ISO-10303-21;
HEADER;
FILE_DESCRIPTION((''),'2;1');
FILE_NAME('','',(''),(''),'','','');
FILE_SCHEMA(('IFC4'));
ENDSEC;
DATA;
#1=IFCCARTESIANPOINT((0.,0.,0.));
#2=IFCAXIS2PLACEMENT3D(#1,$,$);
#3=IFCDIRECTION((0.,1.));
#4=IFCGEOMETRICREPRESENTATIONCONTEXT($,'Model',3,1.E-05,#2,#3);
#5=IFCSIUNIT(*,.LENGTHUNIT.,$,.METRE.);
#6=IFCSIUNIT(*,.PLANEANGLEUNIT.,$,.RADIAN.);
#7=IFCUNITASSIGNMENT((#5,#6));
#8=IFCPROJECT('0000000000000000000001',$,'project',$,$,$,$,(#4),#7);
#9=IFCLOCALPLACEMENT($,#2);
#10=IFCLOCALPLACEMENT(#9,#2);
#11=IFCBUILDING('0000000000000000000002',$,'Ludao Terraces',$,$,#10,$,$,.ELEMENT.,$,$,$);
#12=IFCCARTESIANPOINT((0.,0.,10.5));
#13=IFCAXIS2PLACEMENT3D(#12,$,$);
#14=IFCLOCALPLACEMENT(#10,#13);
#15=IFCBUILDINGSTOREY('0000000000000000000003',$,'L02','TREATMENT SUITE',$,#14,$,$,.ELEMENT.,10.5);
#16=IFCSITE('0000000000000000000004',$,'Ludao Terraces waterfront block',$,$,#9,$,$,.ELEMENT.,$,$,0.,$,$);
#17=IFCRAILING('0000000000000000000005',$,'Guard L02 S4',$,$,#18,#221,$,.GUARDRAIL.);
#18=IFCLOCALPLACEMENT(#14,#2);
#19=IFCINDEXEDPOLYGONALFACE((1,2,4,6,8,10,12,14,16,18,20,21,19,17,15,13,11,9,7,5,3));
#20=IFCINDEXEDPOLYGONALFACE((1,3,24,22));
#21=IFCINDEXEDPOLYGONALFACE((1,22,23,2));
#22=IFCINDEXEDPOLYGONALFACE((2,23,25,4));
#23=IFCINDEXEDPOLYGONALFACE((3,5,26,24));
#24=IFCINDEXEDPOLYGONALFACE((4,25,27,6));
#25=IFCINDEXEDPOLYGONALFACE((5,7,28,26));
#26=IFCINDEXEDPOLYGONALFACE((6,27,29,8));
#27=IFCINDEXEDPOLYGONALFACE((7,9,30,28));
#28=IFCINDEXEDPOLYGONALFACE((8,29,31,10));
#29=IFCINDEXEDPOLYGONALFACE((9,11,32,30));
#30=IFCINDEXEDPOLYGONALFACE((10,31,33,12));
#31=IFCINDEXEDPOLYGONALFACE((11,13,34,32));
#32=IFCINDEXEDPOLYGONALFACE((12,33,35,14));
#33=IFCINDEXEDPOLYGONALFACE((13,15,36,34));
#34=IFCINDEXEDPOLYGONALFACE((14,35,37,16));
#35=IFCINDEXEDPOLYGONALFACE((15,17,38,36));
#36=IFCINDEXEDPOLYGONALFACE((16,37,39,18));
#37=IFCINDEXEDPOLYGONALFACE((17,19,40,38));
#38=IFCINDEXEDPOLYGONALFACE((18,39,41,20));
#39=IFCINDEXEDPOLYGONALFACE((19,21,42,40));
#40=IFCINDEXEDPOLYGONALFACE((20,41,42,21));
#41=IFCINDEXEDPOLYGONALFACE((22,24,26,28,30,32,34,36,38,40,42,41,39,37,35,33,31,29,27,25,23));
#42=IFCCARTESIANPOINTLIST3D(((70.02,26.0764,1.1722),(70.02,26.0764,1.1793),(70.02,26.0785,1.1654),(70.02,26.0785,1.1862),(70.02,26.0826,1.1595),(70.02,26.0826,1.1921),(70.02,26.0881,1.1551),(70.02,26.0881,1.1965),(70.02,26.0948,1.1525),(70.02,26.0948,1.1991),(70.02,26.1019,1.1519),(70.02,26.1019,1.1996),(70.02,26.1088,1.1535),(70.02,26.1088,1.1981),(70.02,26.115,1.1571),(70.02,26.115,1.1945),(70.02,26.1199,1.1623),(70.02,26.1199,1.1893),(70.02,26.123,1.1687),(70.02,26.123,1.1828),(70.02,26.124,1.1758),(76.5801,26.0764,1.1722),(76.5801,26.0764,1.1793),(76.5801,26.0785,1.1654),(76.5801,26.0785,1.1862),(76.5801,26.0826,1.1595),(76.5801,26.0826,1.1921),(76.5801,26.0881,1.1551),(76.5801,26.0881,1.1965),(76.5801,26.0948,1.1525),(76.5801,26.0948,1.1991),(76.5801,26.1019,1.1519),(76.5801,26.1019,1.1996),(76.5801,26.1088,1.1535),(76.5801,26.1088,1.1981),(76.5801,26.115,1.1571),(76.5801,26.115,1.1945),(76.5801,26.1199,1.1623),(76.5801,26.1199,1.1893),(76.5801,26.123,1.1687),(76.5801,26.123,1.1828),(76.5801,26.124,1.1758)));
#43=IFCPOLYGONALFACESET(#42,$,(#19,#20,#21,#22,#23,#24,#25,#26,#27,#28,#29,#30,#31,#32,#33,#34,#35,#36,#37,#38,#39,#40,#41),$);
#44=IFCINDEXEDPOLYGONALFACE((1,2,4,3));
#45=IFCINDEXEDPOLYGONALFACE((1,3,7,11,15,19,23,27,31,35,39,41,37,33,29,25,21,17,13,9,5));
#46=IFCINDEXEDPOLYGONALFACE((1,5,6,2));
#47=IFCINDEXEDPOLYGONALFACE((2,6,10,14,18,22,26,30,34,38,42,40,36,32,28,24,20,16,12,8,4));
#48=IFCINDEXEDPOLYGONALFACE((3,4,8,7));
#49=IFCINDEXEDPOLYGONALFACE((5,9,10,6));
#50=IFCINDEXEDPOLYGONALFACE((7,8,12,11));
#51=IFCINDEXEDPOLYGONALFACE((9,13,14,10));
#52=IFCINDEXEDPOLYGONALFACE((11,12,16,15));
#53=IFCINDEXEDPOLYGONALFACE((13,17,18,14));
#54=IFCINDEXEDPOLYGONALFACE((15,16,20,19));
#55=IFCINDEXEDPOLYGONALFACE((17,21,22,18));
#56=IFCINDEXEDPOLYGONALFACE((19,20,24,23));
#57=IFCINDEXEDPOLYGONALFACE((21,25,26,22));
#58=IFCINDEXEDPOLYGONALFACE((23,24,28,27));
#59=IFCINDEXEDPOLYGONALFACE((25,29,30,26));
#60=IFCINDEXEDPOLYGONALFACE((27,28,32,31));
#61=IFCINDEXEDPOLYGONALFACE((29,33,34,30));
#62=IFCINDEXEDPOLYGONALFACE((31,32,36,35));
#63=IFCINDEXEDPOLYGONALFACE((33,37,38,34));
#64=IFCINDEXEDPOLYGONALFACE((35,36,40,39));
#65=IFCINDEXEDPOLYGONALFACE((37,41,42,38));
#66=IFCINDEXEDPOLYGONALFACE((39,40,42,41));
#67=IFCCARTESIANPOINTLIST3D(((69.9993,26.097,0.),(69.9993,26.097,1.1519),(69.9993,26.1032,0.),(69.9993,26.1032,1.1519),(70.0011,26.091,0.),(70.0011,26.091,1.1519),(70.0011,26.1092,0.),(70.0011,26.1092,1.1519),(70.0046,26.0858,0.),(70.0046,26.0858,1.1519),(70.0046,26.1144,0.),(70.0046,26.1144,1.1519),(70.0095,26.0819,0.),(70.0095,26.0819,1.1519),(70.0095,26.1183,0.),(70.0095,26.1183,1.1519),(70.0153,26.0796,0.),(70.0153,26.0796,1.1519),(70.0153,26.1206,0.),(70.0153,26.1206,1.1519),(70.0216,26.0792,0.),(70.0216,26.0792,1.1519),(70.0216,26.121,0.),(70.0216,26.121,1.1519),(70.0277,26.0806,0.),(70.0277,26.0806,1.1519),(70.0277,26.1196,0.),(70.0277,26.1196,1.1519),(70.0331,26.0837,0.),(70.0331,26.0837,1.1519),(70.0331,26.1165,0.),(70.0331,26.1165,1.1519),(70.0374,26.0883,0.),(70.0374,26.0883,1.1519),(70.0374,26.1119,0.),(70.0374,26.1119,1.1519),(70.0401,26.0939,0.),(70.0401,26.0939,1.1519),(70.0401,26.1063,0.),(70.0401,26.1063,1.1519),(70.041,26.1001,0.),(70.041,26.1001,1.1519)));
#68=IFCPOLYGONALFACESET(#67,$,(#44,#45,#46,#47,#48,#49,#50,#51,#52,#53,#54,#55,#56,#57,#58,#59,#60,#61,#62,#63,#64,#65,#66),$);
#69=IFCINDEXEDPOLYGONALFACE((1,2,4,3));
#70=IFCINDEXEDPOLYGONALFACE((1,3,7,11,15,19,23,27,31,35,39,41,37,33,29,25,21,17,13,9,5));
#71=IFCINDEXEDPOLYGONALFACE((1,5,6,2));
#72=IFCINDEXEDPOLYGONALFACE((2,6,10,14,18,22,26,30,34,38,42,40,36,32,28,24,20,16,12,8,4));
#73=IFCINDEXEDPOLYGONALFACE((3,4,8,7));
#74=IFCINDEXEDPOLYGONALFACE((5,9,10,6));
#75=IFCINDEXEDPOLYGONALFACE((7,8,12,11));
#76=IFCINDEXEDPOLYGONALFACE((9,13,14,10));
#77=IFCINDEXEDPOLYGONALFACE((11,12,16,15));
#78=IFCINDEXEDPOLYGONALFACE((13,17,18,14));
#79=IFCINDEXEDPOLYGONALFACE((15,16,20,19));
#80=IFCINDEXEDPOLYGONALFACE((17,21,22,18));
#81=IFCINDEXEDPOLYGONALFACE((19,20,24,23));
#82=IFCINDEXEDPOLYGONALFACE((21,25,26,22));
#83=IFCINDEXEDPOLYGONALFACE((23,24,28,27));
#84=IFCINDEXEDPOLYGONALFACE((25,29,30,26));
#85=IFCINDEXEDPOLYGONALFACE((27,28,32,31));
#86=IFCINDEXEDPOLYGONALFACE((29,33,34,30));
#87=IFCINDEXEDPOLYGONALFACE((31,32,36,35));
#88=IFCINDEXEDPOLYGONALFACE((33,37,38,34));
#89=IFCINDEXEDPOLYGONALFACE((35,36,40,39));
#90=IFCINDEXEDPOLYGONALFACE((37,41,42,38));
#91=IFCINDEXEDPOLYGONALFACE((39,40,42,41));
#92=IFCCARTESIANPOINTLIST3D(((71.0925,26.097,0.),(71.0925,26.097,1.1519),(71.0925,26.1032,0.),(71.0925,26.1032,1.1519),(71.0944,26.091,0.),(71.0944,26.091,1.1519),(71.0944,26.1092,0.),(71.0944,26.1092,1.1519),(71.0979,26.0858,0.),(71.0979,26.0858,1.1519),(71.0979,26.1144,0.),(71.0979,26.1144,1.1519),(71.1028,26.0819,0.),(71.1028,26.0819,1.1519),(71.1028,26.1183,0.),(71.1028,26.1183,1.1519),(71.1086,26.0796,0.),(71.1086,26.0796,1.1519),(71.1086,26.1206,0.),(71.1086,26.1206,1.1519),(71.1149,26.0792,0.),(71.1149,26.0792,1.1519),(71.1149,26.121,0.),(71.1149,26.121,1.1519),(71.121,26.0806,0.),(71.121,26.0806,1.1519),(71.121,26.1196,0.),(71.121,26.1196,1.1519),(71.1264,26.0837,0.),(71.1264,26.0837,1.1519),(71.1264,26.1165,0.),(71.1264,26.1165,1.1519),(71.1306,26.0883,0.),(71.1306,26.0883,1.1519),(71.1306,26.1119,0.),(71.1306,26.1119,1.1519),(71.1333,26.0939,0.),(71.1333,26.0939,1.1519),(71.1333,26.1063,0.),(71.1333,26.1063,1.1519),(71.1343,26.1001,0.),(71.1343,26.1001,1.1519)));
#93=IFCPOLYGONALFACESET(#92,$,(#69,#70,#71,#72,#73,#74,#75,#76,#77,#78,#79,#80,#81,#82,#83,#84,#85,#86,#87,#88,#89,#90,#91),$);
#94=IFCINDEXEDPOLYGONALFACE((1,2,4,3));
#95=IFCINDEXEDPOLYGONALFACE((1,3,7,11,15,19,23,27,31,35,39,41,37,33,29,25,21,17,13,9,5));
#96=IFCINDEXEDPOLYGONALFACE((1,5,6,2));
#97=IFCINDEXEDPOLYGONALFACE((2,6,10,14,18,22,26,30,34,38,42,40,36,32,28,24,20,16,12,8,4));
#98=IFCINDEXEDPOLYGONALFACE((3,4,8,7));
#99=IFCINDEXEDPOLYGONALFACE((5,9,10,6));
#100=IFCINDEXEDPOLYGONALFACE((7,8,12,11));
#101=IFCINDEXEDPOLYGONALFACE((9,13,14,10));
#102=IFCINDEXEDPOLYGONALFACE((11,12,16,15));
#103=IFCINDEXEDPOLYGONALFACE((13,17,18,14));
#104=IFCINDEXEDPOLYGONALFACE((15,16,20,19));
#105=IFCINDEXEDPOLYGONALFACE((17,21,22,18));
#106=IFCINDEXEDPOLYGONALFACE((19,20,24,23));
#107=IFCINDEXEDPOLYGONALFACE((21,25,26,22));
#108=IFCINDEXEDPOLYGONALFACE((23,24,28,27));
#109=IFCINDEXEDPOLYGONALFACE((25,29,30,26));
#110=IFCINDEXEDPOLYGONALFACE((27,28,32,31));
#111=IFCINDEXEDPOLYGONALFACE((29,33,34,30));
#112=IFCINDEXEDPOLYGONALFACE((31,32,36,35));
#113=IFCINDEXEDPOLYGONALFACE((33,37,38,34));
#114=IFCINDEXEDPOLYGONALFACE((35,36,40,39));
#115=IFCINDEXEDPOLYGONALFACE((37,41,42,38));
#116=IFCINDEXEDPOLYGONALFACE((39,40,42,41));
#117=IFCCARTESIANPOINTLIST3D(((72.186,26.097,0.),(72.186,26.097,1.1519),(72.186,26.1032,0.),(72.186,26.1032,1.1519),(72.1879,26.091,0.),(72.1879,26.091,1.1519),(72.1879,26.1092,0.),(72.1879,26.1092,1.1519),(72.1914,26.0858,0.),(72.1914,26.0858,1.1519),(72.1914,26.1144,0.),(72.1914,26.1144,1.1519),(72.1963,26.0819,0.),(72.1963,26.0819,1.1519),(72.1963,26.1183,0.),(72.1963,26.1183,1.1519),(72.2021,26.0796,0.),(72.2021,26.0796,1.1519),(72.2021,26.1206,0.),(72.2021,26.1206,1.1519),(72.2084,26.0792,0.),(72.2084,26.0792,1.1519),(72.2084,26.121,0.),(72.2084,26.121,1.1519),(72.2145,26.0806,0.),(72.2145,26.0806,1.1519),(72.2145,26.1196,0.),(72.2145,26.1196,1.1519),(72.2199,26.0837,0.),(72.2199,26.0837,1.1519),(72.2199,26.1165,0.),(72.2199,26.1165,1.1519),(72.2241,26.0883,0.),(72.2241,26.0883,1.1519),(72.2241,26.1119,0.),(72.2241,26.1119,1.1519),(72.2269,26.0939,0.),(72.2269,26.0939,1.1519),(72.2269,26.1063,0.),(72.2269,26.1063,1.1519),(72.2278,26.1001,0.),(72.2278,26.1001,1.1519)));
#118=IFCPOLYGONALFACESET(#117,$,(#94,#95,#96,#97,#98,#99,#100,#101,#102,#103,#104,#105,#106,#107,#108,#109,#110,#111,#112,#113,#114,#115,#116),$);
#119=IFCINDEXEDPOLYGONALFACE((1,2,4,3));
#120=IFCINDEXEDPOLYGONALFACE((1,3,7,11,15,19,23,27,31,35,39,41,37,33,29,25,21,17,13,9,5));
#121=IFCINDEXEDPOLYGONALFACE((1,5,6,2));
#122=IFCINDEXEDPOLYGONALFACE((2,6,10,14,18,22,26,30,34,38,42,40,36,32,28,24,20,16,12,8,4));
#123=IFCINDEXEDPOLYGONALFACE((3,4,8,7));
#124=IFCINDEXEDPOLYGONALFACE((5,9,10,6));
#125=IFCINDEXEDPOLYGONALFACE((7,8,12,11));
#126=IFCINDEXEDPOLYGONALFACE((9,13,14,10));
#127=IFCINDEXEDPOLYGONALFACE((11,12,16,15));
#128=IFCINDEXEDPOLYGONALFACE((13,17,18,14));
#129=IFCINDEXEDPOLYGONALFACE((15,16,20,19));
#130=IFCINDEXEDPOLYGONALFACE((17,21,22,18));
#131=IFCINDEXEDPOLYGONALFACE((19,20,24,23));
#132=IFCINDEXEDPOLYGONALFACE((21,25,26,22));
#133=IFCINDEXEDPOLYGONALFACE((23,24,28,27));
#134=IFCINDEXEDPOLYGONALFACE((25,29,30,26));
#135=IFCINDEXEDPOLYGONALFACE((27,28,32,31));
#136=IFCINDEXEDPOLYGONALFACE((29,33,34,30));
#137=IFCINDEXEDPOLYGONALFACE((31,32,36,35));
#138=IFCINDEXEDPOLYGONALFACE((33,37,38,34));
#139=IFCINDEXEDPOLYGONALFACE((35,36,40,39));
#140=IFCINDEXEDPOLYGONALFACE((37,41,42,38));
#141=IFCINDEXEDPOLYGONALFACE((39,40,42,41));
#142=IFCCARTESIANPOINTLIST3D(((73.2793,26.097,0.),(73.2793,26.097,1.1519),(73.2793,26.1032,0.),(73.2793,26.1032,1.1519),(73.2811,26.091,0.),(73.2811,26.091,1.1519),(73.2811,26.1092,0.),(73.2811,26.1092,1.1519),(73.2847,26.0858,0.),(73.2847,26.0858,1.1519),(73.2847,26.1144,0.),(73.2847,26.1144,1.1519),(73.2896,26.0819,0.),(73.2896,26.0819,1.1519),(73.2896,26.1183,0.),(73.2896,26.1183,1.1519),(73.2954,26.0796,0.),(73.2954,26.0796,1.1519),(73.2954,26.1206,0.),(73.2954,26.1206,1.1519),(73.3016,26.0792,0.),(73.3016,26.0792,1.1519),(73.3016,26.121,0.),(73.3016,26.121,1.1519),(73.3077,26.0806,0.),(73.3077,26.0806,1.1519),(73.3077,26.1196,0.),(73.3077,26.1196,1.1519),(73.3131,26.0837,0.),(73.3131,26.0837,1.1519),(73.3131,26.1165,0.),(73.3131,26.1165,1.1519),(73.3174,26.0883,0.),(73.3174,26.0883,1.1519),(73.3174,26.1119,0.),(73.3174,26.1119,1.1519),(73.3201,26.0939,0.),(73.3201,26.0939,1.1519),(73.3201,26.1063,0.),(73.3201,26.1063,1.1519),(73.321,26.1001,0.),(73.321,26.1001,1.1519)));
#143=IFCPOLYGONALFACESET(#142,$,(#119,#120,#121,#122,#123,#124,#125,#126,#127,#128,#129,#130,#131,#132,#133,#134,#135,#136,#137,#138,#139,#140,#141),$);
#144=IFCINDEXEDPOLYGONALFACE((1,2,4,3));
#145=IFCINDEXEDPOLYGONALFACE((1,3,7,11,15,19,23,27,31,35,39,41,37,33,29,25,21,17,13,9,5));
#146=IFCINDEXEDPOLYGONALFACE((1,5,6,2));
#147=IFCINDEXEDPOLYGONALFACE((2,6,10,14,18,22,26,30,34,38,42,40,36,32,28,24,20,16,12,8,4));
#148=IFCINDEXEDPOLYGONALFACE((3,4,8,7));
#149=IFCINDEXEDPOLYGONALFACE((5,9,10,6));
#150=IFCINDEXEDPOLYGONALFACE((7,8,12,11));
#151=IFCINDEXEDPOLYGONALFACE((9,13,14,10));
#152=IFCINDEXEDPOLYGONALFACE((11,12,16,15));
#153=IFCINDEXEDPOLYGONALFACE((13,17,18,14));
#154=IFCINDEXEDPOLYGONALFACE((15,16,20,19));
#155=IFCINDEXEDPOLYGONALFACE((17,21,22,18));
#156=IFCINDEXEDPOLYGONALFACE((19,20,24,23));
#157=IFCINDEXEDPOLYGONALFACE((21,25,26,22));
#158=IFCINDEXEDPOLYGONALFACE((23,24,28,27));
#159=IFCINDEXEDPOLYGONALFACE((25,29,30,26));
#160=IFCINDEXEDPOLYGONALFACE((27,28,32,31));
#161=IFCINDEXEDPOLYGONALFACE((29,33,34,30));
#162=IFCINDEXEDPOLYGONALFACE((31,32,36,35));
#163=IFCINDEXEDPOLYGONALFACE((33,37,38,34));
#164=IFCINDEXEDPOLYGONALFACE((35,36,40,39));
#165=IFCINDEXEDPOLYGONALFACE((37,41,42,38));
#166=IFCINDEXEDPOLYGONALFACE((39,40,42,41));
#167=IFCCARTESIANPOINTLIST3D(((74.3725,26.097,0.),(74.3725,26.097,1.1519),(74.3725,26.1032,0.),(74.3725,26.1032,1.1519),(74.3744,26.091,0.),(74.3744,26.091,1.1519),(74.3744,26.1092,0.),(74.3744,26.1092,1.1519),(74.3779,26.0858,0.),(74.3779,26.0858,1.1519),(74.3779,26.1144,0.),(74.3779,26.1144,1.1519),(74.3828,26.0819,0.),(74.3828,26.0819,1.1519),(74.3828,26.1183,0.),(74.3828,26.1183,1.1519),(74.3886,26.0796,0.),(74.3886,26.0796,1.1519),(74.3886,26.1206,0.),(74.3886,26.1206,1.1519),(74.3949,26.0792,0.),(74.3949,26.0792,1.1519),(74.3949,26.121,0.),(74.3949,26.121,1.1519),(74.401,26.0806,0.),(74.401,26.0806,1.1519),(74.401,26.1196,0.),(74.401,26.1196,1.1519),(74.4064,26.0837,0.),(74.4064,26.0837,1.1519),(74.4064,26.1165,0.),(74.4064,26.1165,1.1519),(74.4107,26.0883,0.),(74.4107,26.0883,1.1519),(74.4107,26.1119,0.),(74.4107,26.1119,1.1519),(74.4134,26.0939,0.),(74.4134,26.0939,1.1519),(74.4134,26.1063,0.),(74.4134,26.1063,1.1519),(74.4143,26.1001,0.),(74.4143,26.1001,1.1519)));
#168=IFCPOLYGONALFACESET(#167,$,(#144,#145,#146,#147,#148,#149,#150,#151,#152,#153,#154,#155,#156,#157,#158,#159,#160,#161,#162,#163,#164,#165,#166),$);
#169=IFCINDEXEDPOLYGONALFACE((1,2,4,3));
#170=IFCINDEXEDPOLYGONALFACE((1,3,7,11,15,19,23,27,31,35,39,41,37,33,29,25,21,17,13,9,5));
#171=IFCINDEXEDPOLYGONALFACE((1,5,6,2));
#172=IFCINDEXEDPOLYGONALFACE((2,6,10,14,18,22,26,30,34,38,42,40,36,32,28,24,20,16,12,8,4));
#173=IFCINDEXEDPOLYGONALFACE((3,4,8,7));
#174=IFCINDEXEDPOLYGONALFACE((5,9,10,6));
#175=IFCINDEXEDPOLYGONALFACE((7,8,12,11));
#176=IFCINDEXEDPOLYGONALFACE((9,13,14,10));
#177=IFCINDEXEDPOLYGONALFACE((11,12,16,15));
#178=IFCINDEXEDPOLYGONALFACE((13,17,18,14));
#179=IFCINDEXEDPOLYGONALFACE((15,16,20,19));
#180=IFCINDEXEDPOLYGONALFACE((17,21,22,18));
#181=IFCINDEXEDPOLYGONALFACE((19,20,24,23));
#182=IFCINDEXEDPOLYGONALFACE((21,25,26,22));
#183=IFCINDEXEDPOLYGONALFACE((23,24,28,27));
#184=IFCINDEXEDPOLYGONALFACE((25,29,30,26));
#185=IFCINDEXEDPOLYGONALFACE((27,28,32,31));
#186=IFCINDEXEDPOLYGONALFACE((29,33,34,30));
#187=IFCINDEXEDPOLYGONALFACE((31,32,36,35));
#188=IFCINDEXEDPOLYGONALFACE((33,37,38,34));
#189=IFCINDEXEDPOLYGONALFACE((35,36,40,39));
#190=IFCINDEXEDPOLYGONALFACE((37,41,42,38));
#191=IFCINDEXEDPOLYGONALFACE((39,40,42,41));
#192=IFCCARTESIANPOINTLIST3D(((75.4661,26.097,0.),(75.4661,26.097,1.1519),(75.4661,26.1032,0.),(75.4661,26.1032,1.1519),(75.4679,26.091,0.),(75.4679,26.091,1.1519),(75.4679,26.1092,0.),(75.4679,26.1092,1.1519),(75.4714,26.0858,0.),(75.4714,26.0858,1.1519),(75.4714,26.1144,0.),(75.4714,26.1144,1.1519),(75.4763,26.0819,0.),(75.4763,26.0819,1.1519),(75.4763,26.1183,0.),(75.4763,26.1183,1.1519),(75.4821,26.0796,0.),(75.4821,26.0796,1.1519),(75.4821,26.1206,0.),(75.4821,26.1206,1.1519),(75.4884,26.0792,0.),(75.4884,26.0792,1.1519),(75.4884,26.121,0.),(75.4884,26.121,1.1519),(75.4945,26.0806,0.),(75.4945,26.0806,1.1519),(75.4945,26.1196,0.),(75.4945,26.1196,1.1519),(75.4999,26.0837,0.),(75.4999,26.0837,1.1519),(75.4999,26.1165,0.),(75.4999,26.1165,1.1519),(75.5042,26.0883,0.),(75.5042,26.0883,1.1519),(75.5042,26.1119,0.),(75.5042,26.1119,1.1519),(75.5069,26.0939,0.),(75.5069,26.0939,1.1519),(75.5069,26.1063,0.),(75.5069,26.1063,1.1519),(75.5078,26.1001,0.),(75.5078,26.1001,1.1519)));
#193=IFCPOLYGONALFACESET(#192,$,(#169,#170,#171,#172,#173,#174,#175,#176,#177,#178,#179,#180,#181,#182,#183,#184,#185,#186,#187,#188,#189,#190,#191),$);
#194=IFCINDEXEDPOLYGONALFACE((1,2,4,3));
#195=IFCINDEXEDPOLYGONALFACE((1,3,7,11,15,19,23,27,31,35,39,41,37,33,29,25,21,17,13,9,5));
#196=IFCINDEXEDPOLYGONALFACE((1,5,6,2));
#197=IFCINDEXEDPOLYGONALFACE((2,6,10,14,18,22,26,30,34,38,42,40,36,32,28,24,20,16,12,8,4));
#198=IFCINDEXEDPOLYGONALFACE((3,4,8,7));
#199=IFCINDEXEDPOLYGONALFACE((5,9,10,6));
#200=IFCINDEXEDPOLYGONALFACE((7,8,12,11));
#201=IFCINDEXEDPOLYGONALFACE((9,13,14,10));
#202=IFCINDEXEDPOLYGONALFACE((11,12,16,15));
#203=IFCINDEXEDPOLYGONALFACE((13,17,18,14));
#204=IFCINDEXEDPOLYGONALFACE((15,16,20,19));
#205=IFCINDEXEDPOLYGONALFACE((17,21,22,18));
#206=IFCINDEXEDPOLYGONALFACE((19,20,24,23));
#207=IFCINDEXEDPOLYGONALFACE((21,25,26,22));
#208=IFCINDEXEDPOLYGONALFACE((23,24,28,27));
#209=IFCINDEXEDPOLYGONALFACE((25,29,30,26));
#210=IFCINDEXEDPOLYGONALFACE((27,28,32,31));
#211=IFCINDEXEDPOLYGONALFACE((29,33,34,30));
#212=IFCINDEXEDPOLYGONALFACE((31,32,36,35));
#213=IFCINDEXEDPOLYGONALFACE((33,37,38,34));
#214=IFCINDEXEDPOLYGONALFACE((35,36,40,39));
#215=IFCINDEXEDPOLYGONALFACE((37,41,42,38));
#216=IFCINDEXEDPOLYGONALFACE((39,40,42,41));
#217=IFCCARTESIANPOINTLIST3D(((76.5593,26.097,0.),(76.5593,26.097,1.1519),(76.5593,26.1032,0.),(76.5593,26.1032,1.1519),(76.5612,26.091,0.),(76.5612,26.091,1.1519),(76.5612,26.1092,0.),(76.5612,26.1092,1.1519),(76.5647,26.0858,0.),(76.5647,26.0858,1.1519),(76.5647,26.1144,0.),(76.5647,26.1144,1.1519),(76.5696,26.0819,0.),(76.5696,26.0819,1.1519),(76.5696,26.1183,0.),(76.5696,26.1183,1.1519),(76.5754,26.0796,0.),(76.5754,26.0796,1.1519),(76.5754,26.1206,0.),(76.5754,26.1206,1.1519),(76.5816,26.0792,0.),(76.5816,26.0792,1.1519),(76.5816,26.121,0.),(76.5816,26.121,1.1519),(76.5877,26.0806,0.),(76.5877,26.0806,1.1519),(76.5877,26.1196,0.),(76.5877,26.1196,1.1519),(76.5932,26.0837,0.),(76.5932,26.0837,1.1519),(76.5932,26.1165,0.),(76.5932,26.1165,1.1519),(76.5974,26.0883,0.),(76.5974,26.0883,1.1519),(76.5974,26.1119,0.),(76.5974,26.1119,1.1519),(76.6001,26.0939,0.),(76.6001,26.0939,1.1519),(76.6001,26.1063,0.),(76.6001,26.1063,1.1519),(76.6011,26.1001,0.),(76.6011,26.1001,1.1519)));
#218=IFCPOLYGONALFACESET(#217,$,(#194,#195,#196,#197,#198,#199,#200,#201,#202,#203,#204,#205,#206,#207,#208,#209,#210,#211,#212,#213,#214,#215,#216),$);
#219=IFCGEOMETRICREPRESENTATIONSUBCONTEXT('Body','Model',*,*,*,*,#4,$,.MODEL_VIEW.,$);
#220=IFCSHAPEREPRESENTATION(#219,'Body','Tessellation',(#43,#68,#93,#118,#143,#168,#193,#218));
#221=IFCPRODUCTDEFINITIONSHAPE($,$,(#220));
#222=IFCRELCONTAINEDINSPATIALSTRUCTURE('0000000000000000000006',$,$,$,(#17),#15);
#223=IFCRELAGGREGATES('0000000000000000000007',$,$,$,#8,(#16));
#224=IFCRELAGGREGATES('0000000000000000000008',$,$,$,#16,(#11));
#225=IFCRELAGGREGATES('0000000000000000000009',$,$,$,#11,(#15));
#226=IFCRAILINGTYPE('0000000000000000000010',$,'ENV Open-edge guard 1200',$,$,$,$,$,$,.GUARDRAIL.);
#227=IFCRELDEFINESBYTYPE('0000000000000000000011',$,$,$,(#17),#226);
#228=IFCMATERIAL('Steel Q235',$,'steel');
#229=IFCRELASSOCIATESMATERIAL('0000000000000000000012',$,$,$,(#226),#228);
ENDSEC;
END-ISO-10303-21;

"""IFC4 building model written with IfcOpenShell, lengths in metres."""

from ifc_helpers import new_model, si_unit, direction, frame, origin, origin_2d, place, context, subcontext, project, spatial, circle, extrude, material, type_object, element, save


model = new_model("IFC4")

# Units and contexts
model_context = context("Model", 3, precision=1e-05, world=origin(), true_north=direction((0.0, 1.0)))
body_context = subcontext(model_context, "Body", "Model", "MODEL_VIEW")
ifc_project = project(units=[si_unit("LENGTHUNIT", "METRE"), si_unit("PLANEANGLEUNIT", "RADIAN")], contexts=[model_context])

# Site, building, storey
site_placement = place(None, origin())
site = spatial("IfcSite", under=ifc_project, at=site_placement, Name="Ludao Terraces waterfront block", CompositionType="ELEMENT", RefElevation=0.0)
building_placement = place(site_placement, origin())
building = spatial("IfcBuilding", under=site, at=building_placement, Name="Ludao Terraces", CompositionType="ELEMENT")
storey_placement = place(building_placement, frame((0.0, 0.0, 10.5)))
storey = spatial("IfcBuildingStorey", under=building, at=storey_placement, Name="L02", Description="TREATMENT SUITE", CompositionType="ELEMENT", Elevation=10.5)

# Shared definitions
ifc_material_1 = material(Name="Steel Q235", Category="steel")

# Railing
railing_type = type_object("IfcRailingType", Name="ENV Open-edge guard 1200", PredefinedType="GUARDRAIL", material=ifc_material_1)
railing_1_placement = place(storey_placement, frame((70.02, 26.1001, 0.0)))
element("IfcRailing", 1, at=railing_1_placement, inside=storey, type_object=railing_type, Name="Guard L02 S4", PredefinedType="GUARDRAIL", context=body_context, shape_type="SweptSolid", body=[
    extrude(circle(Radius=0.0239, at=origin_2d()), frame((0.0, 0.0, 1.1758), z_axis=(1.0, 0.0, 0.0), x_axis=(0.0, 1.0, 0.0)), (0.0, 0.0, 1.0), 6.5601),
    extrude(circle(Radius=0.021, at=origin_2d()), origin(), (0.0, 0.0, 1.0), 1.1519),
    extrude(circle(Radius=0.021, at=origin_2d()), frame((1.0933, 0.0, 0.0)), (0.0, 0.0, 1.0), 1.1519),
    extrude(circle(Radius=0.021, at=origin_2d()), frame((2.1868, 0.0, 0.0)), (0.0, 0.0, 1.0), 1.1519),
    extrude(circle(Radius=0.021, at=origin_2d()), frame((3.28, 0.0, 0.0)), (0.0, 0.0, 1.0), 1.1519),
    extrude(circle(Radius=0.021, at=origin_2d()), frame((4.3733, 0.0, 0.0)), (0.0, 0.0, 1.0), 1.1519),
    extrude(circle(Radius=0.021, at=origin_2d()), frame((5.4668, 0.0, 0.0)), (0.0, 0.0, 1.0), 1.1519),
    extrude(circle(Radius=0.021, at=origin_2d()), frame((6.5601, 0.0, 0.0)), (0.0, 0.0, 1.0), 1.1519),
])

save(model, "model.ifc")
